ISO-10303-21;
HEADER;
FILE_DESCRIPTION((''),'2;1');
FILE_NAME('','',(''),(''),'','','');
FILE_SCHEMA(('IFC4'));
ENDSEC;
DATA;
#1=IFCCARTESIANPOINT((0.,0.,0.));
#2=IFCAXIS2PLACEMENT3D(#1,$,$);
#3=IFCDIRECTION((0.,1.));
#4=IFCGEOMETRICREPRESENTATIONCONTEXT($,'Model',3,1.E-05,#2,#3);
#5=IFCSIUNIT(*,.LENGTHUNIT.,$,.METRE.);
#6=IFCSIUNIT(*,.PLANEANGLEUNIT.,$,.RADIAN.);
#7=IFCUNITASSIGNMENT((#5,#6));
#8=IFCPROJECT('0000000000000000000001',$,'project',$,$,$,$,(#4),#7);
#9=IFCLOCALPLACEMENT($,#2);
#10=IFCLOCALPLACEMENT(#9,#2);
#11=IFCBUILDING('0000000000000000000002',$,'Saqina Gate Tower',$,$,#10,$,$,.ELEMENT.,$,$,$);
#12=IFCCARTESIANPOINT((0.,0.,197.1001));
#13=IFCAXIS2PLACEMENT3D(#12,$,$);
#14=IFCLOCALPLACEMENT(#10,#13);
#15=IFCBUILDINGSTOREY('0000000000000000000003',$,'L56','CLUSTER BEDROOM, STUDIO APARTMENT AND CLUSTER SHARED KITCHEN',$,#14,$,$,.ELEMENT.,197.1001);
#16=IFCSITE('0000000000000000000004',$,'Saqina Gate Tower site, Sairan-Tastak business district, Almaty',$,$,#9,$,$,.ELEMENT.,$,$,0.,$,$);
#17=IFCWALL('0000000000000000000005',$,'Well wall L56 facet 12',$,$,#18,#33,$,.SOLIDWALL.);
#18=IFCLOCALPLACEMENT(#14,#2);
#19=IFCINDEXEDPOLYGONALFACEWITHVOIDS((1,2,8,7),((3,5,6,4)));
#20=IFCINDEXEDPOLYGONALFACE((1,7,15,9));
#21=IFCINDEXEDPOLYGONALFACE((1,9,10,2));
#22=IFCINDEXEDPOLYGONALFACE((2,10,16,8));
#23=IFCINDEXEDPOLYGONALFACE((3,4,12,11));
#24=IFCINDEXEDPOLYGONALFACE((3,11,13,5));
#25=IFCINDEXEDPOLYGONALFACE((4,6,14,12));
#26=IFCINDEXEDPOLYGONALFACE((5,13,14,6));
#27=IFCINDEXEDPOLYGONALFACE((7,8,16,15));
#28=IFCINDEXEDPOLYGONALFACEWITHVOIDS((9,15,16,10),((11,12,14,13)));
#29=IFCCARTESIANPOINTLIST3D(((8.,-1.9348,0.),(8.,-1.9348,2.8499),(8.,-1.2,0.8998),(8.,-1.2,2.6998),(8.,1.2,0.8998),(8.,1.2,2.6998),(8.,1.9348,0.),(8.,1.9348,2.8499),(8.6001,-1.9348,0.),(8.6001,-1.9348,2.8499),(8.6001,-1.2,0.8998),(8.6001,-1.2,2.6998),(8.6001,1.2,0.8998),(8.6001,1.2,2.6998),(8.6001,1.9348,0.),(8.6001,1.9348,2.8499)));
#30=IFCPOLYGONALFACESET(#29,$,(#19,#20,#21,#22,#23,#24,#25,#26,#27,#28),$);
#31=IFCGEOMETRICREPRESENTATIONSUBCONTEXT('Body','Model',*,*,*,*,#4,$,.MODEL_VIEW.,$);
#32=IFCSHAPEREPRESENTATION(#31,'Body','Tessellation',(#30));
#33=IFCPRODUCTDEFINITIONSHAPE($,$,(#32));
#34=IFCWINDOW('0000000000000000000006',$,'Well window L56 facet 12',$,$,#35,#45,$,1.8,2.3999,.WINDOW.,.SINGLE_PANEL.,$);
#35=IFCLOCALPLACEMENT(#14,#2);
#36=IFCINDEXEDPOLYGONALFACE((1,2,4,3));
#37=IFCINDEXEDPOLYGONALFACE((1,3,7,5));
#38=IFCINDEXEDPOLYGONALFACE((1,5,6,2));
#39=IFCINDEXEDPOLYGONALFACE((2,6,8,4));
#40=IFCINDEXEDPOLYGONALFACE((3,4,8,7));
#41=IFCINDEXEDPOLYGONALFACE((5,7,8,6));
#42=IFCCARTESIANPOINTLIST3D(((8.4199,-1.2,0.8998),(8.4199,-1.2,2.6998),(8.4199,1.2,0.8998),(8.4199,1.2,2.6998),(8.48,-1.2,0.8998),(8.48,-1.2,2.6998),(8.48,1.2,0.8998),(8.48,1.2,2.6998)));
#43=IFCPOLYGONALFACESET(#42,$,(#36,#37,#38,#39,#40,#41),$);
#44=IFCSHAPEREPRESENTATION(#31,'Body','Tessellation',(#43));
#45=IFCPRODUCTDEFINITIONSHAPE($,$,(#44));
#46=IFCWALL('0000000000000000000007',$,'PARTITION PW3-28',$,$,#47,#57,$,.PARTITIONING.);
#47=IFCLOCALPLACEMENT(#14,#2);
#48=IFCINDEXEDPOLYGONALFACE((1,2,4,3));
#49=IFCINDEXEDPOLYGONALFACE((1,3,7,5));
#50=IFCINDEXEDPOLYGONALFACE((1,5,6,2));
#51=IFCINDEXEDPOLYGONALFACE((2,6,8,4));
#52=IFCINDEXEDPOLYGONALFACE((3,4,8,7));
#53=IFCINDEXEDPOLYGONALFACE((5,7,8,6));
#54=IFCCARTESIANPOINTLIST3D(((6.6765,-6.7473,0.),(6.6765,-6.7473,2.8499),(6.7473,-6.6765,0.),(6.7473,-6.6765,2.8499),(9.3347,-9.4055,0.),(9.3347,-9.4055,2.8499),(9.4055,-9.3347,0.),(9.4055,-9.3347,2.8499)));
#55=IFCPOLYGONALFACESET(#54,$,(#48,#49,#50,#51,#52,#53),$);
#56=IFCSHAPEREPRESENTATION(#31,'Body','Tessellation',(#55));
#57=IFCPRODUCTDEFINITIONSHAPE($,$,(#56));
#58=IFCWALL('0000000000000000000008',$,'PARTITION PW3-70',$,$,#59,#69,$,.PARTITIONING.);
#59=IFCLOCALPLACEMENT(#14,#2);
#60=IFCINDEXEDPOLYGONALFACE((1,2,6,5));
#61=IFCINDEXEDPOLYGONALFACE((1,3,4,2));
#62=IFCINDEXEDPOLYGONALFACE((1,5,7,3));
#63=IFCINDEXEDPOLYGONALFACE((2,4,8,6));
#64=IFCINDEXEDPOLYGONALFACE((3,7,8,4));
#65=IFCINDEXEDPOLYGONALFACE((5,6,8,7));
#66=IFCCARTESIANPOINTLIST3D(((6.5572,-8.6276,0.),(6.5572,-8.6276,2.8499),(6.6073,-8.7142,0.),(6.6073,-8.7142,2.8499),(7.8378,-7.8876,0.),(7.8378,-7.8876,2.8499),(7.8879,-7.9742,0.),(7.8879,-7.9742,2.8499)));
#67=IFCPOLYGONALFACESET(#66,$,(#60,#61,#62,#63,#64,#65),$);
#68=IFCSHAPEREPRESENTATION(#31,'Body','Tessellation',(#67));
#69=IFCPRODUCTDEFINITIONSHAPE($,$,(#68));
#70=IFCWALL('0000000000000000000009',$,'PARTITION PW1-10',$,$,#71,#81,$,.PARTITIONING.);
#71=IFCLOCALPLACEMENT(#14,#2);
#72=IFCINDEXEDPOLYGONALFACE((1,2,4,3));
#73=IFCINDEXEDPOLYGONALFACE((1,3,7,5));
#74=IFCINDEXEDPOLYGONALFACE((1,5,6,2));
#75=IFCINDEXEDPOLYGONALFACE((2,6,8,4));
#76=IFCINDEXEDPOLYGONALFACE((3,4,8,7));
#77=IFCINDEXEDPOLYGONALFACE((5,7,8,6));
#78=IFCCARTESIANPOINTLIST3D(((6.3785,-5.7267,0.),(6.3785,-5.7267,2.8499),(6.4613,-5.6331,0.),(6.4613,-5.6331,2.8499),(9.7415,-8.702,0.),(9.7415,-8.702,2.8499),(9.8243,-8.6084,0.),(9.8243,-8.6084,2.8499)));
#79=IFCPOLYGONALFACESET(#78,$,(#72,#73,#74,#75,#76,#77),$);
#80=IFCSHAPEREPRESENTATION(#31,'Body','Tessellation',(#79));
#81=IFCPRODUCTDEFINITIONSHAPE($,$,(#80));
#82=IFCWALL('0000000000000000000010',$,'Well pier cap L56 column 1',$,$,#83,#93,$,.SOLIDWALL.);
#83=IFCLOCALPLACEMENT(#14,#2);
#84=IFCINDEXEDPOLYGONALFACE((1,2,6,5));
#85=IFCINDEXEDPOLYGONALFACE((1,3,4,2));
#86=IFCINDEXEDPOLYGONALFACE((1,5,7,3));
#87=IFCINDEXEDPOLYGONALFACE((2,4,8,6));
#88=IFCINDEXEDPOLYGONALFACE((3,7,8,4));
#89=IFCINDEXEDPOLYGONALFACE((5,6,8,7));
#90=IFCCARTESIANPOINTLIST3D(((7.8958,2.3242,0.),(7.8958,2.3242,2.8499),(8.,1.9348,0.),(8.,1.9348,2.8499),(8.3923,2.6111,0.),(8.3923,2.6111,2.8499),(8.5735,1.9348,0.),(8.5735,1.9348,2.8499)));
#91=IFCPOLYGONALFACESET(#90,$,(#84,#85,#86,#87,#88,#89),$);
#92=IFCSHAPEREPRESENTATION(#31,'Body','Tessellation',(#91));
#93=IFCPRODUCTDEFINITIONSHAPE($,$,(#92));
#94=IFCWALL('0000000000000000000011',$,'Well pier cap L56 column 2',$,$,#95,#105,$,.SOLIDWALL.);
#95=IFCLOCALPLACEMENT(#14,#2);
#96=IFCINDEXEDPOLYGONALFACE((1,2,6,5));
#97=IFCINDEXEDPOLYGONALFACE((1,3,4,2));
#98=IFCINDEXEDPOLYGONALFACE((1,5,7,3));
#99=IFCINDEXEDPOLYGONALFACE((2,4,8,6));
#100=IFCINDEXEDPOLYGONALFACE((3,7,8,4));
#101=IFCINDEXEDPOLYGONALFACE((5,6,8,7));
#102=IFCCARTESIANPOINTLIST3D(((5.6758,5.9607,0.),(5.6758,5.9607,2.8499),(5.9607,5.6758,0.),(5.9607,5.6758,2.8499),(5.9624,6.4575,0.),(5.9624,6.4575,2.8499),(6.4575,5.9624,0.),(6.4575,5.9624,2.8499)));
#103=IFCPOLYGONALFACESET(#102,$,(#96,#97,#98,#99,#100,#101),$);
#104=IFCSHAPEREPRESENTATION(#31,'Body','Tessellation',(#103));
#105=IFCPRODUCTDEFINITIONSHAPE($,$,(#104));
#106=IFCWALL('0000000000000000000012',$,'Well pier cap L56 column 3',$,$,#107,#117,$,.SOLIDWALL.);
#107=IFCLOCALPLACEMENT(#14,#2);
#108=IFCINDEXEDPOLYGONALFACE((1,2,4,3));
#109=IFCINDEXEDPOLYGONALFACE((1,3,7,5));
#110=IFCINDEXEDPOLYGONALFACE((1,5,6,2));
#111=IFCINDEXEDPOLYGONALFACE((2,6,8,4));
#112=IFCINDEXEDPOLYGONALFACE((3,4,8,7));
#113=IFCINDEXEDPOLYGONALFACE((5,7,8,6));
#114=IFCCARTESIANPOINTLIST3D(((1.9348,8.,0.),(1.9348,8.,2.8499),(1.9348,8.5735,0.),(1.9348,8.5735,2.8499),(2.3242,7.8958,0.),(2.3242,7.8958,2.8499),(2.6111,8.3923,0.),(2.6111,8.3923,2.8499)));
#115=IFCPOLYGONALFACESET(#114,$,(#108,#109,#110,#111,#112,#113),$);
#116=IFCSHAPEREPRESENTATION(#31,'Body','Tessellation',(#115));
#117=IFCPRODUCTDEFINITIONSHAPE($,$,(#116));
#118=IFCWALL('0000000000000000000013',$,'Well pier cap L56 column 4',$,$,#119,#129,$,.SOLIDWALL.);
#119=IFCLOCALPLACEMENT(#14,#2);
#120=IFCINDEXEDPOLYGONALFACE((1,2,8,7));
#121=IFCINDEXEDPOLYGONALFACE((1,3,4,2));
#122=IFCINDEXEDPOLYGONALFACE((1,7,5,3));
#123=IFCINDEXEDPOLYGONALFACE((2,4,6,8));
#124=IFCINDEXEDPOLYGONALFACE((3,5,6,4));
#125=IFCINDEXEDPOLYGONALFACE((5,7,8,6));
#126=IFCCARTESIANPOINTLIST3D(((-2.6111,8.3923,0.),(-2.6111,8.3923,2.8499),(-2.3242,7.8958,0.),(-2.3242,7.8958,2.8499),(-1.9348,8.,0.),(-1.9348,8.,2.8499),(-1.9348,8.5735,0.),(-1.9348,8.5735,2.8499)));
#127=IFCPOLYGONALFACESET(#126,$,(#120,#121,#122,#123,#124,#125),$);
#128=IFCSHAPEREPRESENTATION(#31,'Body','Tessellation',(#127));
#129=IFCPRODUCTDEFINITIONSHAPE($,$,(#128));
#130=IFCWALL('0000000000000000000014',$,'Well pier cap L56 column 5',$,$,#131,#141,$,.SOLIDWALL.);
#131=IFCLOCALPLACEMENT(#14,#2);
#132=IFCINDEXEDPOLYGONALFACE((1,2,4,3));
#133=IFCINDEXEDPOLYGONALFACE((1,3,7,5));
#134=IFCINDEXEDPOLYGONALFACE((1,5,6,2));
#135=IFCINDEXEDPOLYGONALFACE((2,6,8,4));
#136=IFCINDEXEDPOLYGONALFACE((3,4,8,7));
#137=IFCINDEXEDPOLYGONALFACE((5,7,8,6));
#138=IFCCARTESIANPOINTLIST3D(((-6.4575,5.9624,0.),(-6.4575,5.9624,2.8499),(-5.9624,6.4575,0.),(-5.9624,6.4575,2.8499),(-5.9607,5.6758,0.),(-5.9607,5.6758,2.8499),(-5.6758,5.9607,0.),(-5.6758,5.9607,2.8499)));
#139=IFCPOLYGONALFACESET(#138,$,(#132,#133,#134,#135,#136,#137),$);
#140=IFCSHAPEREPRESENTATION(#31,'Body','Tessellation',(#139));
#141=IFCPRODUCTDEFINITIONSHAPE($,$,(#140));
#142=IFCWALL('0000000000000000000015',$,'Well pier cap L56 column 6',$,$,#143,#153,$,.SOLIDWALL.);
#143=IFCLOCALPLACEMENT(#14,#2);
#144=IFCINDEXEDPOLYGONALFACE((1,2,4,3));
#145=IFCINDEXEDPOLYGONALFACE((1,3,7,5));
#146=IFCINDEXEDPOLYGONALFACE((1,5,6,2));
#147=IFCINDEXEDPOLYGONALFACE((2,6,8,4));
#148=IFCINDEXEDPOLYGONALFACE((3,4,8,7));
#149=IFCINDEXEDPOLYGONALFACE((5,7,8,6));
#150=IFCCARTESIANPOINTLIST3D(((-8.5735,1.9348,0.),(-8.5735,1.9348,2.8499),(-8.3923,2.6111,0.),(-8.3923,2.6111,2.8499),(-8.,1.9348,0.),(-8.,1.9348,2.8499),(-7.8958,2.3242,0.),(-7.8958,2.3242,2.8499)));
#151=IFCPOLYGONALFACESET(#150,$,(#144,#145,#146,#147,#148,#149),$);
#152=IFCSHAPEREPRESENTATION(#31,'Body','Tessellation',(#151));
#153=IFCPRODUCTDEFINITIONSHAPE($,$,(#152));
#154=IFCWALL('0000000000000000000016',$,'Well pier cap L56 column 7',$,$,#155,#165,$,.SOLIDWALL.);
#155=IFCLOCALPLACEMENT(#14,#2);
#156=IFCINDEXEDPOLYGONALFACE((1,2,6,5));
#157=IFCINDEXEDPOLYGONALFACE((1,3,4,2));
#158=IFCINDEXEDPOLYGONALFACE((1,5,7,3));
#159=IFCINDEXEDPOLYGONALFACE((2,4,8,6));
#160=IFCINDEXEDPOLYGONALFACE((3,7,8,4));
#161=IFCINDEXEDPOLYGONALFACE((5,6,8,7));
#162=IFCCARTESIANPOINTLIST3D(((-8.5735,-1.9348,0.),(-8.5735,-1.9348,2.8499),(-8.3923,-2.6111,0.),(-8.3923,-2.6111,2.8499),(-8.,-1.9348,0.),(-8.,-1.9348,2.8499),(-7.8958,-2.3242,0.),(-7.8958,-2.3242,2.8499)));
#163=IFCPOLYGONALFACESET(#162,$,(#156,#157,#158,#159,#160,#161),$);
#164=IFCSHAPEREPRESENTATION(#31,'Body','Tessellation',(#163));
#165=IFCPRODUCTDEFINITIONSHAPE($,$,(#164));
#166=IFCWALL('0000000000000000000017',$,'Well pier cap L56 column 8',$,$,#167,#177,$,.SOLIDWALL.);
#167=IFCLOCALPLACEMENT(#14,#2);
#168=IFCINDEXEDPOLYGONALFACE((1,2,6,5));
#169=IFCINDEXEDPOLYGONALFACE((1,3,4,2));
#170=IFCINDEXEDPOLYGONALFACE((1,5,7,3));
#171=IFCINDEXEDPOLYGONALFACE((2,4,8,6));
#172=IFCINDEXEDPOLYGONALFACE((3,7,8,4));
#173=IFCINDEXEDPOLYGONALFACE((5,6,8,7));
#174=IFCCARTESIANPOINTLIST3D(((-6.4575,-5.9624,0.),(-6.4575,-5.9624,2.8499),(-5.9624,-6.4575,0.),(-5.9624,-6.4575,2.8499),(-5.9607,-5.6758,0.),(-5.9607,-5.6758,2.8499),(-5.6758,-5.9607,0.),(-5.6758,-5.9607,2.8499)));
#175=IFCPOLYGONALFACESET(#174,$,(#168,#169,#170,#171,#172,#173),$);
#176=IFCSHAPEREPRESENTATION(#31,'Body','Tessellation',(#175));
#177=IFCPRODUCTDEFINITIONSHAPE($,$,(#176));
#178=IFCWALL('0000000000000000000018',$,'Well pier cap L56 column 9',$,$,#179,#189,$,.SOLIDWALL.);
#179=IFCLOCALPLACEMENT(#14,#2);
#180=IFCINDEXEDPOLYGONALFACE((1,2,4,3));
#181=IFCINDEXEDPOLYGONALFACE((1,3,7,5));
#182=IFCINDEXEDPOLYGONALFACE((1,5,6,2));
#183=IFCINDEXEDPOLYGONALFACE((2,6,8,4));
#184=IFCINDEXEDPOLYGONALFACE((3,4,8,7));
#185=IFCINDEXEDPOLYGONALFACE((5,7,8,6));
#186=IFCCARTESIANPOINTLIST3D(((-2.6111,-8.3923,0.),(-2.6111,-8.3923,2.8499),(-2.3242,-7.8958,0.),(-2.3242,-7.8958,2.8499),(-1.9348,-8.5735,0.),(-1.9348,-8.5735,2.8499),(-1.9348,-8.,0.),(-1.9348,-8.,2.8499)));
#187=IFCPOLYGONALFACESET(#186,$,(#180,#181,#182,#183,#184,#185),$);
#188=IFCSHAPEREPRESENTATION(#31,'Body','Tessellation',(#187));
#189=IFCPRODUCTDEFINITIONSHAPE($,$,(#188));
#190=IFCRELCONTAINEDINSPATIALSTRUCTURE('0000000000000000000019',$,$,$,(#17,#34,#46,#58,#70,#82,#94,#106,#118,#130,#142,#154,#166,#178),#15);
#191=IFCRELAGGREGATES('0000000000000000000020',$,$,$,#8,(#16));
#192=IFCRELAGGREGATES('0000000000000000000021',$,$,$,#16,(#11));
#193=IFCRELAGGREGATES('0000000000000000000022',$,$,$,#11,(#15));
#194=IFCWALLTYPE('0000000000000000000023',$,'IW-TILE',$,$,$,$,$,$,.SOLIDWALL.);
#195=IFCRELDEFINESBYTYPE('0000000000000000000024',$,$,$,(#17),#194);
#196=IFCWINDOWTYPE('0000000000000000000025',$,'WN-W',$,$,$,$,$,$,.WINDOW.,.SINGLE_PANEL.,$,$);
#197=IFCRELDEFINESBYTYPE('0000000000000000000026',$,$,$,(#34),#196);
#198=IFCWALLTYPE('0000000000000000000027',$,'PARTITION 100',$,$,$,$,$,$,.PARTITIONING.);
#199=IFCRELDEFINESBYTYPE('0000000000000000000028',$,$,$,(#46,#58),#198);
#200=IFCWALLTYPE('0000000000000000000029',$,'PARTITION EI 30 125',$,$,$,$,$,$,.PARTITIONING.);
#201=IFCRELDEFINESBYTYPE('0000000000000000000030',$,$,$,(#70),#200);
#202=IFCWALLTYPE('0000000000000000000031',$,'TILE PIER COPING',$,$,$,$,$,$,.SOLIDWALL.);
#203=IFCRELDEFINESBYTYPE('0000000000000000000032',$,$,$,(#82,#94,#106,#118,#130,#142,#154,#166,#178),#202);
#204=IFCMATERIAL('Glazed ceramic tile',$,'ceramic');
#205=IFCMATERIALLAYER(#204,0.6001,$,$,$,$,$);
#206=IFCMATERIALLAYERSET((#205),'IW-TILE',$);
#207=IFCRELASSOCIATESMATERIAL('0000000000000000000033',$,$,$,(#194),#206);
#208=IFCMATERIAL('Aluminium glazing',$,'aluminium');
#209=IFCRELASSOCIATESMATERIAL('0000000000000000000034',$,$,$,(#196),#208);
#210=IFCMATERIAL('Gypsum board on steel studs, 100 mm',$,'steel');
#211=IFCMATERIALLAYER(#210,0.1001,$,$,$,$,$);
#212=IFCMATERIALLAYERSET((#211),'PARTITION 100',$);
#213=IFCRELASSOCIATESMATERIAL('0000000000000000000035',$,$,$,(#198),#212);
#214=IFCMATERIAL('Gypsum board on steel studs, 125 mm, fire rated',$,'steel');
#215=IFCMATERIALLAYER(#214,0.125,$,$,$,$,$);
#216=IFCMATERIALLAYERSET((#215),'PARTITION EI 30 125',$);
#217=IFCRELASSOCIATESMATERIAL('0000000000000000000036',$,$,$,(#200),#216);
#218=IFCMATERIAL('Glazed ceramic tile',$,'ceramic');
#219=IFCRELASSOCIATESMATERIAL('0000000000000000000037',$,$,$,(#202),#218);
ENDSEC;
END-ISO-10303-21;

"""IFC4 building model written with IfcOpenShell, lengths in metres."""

from ifc_helpers import new_model, si_unit, direction, frame, frame_2d, origin, place, context, subcontext, project, spatial, polyline, rectangle, outline, extrude, material, layer, layer_set, type_object, element, fill, save


model = new_model("IFC4")

# Units and contexts
model_context = context("Model", 3, precision=1e-05, world=origin(), true_north=direction((0.0, 1.0)))
body_context = subcontext(model_context, "Body", "Model", "MODEL_VIEW")
ifc_project = project(units=[si_unit("LENGTHUNIT", "METRE"), si_unit("PLANEANGLEUNIT", "RADIAN")], contexts=[model_context])

# Site, building, storey
site_placement = place(None, origin())
site = spatial("IfcSite", under=ifc_project, at=site_placement, Name="Saqina Gate Tower site, Sairan-Tastak business district, Almaty", CompositionType="ELEMENT", RefElevation=0.0)
building_placement = place(site_placement, origin())
building = spatial("IfcBuilding", under=site, at=building_placement, Name="Saqina Gate Tower", CompositionType="ELEMENT")
storey_placement = place(building_placement, frame((0.0, 0.0, 197.1001)))
storey = spatial("IfcBuildingStorey", under=building, at=storey_placement, Name="L56", Description="CLUSTER BEDROOM, STUDIO APARTMENT AND CLUSTER SHARED KITCHEN", CompositionType="ELEMENT", Elevation=197.1001)

# Wall, opening, window
ifc_material_1 = material(Name="Glazed ceramic tile", Category="ceramic")
ifc_layer_1 = layer(ifc_material_1, 0.6001)
ifc_layer_set_1 = layer_set([ifc_layer_1], Name="IW-TILE")
wall_type_1 = type_object("IfcWallType", Name="IW-TILE", PredefinedType="SOLIDWALL", material=ifc_layer_set_1)
ifc_material_2 = material(Name="Aluminium glazing", Category="aluminium")
window_type = type_object("IfcWindowType", Name="WN-W", PartitioningType="SINGLE_PANEL", PredefinedType="WINDOW", material=ifc_material_2)
wall_1_placement = place(storey_placement, frame((8.3, -1.9348, 0.0), z_axis=(0.0, 0.0, 1.0), x_axis=(0.0, 1.0, 0.0)))
wall_1 = element("IfcWall", 1, at=wall_1_placement, inside=storey, type_object=wall_type_1, Name="Well wall L56 facet 12", PredefinedType="SOLIDWALL", context=body_context, shape_type="SweptSolid", body=[
    extrude(rectangle(XDim=3.8696, YDim=0.6001, at=frame_2d((1.9348, 0.0))), origin(), (0.0, 0.0, 1.0), 2.8499),
])
opening_1_placement = place(wall_1_placement, frame((0.7349, 0.0, 0.8999)))
opening_1 = element("IfcOpeningElement", 2, at=opening_1_placement, cuts=wall_1, PredefinedType="OPENING", context=body_context, shape_type="SweptSolid", body=[
    extrude(rectangle(XDim=2.3999, YDim=1.8, at=frame_2d((1.2, 0.8999))), frame((0.0, 0.312, 0.0), z_axis=(0.0, -1.0, 0.0), x_axis=(1.0, 0.0, 0.0)), (0.0, 0.0, 1.0), 0.624),
])
window_1_placement = place(opening_1_placement, origin())
window_1 = element("IfcWindow", 3, at=window_1_placement, inside=storey, type_object=window_type, Name="Well window L56 facet 12", OverallHeight=1.8, OverallWidth=2.3999, PartitioningType="SINGLE_PANEL", PredefinedType="WINDOW", context=body_context, shape_type="SweptSolid", body=[
    extrude(rectangle(XDim=2.3999, YDim=1.8, at=frame_2d((1.2, 0.8999))), frame((0.0, -0.1199, 0.0), z_axis=(0.0, -1.0, 0.0), x_axis=(1.0, 0.0, 0.0)), (0.0, 0.0, 1.0), 0.0601),
])
fill(opening_1, window_1)

# Walls
ifc_material_3 = material(Name="Gypsum board on steel studs, 100 mm", Category="steel")
ifc_layer_2 = layer(ifc_material_3, 0.1001)
ifc_layer_set_2 = layer_set([ifc_layer_2], Name="PARTITION 100")
wall_type_2 = type_object("IfcWallType", Name="PARTITION 100", PredefinedType="PARTITIONING", material=ifc_layer_set_2)
wall_2_placement = place(storey_placement, frame((6.7119, -6.7119, 0.0), z_axis=(0.0, 0.0, 1.0), x_axis=(0.707107, -0.707107, 0.0)))
element("IfcWall", 4, at=wall_2_placement, inside=storey, type_object=wall_type_2, Name="PARTITION PW3-28", PredefinedType="PARTITIONING", context=body_context, shape_type="SweptSolid", body=[
    extrude(rectangle(XDim=3.7593, YDim=0.1001, at=frame_2d((1.8796, 0.0))), origin(), (0.0, 0.0, 1.0), 2.8499),
])
wall_3_placement = place(storey_placement, frame((6.5823, -8.6709, 0.0), z_axis=(0.0, 0.0, 1.0), x_axis=(0.865825, 0.500346, 0.0)))
element("IfcWall", 5, at=wall_3_placement, inside=storey, type_object=wall_type_2, Name="PARTITION PW3-70", PredefinedType="PARTITIONING", context=body_context, shape_type="SweptSolid", body=[
    extrude(rectangle(XDim=1.479, YDim=0.1001, at=frame_2d((0.7395, 0.0))), origin(), (0.0, 0.0, 1.0), 2.8499),
])
ifc_material_4 = material(Name="Gypsum board on steel studs, 125 mm, fire rated", Category="steel")
ifc_layer_3 = layer(ifc_material_4, 0.125)
ifc_layer_set_3 = layer_set([ifc_layer_3], Name="PARTITION EI 30 125")
wall_type_3 = type_object("IfcWallType", Name="PARTITION EI 30 125", PredefinedType="PARTITIONING", material=ifc_layer_set_3)
wall_4_placement = place(storey_placement, frame((6.4199, -5.6799, 0.0), z_axis=(0.0, 0.0, 1.0), x_axis=(0.748958, -0.662617, 0.0)))
element("IfcWall", 6, at=wall_4_placement, inside=storey, type_object=wall_type_3, Name="PARTITION PW1-10", PredefinedType="PARTITIONING", context=body_context, shape_type="SweptSolid", body=[
    extrude(rectangle(XDim=4.4902, YDim=0.125, at=frame_2d((2.2451, 0.0))), origin(), (0.0, 0.0, 1.0), 2.8499),
])
ifc_material_5 = material(Name="Glazed ceramic tile", Category="ceramic")
wall_type_4 = type_object("IfcWallType", Name="TILE PIER COPING", PredefinedType="SOLIDWALL", material=ifc_material_5)
wall_5_placement = place(storey_placement, origin())
element("IfcWall", 7, at=wall_5_placement, inside=storey, type_object=wall_type_4, Name="Well pier cap L56 column 1", PredefinedType="SOLIDWALL", context=body_context, shape_type="SweptSolid", body=[
    extrude(outline(polyline([(8.3923, 2.6111), (7.8958, 2.3242), (8.0, 1.9348), (8.5735, 1.9348), (8.3923, 2.6111)])), origin(), (0.0, 0.0, 1.0), 2.8499),
])
wall_6_placement = place(storey_placement, origin())
element("IfcWall", 8, at=wall_6_placement, inside=storey, type_object=wall_type_4, Name="Well pier cap L56 column 2", PredefinedType="SOLIDWALL", context=body_context, shape_type="SweptSolid", body=[
    extrude(outline(polyline([(5.9624, 6.4575), (5.6758, 5.9607), (5.9607, 5.6758), (6.4575, 5.9624), (5.9624, 6.4575)])), origin(), (0.0, 0.0, 1.0), 2.8499),
])
wall_7_placement = place(storey_placement, origin())
element("IfcWall", 9, at=wall_7_placement, inside=storey, type_object=wall_type_4, Name="Well pier cap L56 column 3", PredefinedType="SOLIDWALL", context=body_context, shape_type="SweptSolid", body=[
    extrude(outline(polyline([(1.9348, 8.5735), (1.9348, 8.0), (2.3242, 7.8958), (2.6111, 8.3923), (1.9348, 8.5735)])), origin(), (0.0, 0.0, 1.0), 2.8499),
])
wall_8_placement = place(storey_placement, origin())
element("IfcWall", 10, at=wall_8_placement, inside=storey, type_object=wall_type_4, Name="Well pier cap L56 column 4", PredefinedType="SOLIDWALL", context=body_context, shape_type="SweptSolid", body=[
    extrude(outline(polyline([(-1.9348, 8.0), (-1.9348, 8.5735), (-2.6111, 8.3923), (-2.3242, 7.8958), (-1.9348, 8.0)])), origin(), (0.0, 0.0, 1.0), 2.8499),
])
wall_9_placement = place(storey_placement, origin())
element("IfcWall", 11, at=wall_9_placement, inside=storey, type_object=wall_type_4, Name="Well pier cap L56 column 5", PredefinedType="SOLIDWALL", context=body_context, shape_type="SweptSolid", body=[
    extrude(outline(polyline([(-6.4575, 5.9624), (-5.9607, 5.6758), (-5.6758, 5.9607), (-5.9624, 6.4575), (-6.4575, 5.9624)])), origin(), (0.0, 0.0, 1.0), 2.8499),
])
wall_10_placement = place(storey_placement, origin())
element("IfcWall", 12, at=wall_10_placement, inside=storey, type_object=wall_type_4, Name="Well pier cap L56 column 6", PredefinedType="SOLIDWALL", context=body_context, shape_type="SweptSolid", body=[
    extrude(outline(polyline([(-8.5735, 1.9348), (-8.0, 1.9348), (-7.8958, 2.3242), (-8.3923, 2.6111), (-8.5735, 1.9348)])), origin(), (0.0, 0.0, 1.0), 2.8499),
])
wall_11_placement = place(storey_placement, origin())
element("IfcWall", 13, at=wall_11_placement, inside=storey, type_object=wall_type_4, Name="Well pier cap L56 column 7", PredefinedType="SOLIDWALL", context=body_context, shape_type="SweptSolid", body=[
    extrude(outline(polyline([(-8.0, -1.9348), (-8.5735, -1.9348), (-8.3923, -2.6111), (-7.8958, -2.3242), (-8.0, -1.9348)])), origin(), (0.0, 0.0, 1.0), 2.8499),
])
wall_12_placement = place(storey_placement, origin())
element("IfcWall", 14, at=wall_12_placement, inside=storey, type_object=wall_type_4, Name="Well pier cap L56 column 8", PredefinedType="SOLIDWALL", context=body_context, shape_type="SweptSolid", body=[
    extrude(outline(polyline([(-6.4575, -5.9624), (-5.9624, -6.4575), (-5.6758, -5.9607), (-5.9607, -5.6758), (-6.4575, -5.9624)])), origin(), (0.0, 0.0, 1.0), 2.8499),
])
wall_13_placement = place(storey_placement, origin())
element("IfcWall", 15, at=wall_13_placement, inside=storey, type_object=wall_type_4, Name="Well pier cap L56 column 9", PredefinedType="SOLIDWALL", context=body_context, shape_type="SweptSolid", body=[
    extrude(outline(polyline([(-1.9348, -8.5735), (-1.9348, -8.0), (-2.3242, -7.8958), (-2.6111, -8.3923), (-1.9348, -8.5735)])), origin(), (0.0, 0.0, 1.0), 2.8499),
])

save(model, "model.ifc")
